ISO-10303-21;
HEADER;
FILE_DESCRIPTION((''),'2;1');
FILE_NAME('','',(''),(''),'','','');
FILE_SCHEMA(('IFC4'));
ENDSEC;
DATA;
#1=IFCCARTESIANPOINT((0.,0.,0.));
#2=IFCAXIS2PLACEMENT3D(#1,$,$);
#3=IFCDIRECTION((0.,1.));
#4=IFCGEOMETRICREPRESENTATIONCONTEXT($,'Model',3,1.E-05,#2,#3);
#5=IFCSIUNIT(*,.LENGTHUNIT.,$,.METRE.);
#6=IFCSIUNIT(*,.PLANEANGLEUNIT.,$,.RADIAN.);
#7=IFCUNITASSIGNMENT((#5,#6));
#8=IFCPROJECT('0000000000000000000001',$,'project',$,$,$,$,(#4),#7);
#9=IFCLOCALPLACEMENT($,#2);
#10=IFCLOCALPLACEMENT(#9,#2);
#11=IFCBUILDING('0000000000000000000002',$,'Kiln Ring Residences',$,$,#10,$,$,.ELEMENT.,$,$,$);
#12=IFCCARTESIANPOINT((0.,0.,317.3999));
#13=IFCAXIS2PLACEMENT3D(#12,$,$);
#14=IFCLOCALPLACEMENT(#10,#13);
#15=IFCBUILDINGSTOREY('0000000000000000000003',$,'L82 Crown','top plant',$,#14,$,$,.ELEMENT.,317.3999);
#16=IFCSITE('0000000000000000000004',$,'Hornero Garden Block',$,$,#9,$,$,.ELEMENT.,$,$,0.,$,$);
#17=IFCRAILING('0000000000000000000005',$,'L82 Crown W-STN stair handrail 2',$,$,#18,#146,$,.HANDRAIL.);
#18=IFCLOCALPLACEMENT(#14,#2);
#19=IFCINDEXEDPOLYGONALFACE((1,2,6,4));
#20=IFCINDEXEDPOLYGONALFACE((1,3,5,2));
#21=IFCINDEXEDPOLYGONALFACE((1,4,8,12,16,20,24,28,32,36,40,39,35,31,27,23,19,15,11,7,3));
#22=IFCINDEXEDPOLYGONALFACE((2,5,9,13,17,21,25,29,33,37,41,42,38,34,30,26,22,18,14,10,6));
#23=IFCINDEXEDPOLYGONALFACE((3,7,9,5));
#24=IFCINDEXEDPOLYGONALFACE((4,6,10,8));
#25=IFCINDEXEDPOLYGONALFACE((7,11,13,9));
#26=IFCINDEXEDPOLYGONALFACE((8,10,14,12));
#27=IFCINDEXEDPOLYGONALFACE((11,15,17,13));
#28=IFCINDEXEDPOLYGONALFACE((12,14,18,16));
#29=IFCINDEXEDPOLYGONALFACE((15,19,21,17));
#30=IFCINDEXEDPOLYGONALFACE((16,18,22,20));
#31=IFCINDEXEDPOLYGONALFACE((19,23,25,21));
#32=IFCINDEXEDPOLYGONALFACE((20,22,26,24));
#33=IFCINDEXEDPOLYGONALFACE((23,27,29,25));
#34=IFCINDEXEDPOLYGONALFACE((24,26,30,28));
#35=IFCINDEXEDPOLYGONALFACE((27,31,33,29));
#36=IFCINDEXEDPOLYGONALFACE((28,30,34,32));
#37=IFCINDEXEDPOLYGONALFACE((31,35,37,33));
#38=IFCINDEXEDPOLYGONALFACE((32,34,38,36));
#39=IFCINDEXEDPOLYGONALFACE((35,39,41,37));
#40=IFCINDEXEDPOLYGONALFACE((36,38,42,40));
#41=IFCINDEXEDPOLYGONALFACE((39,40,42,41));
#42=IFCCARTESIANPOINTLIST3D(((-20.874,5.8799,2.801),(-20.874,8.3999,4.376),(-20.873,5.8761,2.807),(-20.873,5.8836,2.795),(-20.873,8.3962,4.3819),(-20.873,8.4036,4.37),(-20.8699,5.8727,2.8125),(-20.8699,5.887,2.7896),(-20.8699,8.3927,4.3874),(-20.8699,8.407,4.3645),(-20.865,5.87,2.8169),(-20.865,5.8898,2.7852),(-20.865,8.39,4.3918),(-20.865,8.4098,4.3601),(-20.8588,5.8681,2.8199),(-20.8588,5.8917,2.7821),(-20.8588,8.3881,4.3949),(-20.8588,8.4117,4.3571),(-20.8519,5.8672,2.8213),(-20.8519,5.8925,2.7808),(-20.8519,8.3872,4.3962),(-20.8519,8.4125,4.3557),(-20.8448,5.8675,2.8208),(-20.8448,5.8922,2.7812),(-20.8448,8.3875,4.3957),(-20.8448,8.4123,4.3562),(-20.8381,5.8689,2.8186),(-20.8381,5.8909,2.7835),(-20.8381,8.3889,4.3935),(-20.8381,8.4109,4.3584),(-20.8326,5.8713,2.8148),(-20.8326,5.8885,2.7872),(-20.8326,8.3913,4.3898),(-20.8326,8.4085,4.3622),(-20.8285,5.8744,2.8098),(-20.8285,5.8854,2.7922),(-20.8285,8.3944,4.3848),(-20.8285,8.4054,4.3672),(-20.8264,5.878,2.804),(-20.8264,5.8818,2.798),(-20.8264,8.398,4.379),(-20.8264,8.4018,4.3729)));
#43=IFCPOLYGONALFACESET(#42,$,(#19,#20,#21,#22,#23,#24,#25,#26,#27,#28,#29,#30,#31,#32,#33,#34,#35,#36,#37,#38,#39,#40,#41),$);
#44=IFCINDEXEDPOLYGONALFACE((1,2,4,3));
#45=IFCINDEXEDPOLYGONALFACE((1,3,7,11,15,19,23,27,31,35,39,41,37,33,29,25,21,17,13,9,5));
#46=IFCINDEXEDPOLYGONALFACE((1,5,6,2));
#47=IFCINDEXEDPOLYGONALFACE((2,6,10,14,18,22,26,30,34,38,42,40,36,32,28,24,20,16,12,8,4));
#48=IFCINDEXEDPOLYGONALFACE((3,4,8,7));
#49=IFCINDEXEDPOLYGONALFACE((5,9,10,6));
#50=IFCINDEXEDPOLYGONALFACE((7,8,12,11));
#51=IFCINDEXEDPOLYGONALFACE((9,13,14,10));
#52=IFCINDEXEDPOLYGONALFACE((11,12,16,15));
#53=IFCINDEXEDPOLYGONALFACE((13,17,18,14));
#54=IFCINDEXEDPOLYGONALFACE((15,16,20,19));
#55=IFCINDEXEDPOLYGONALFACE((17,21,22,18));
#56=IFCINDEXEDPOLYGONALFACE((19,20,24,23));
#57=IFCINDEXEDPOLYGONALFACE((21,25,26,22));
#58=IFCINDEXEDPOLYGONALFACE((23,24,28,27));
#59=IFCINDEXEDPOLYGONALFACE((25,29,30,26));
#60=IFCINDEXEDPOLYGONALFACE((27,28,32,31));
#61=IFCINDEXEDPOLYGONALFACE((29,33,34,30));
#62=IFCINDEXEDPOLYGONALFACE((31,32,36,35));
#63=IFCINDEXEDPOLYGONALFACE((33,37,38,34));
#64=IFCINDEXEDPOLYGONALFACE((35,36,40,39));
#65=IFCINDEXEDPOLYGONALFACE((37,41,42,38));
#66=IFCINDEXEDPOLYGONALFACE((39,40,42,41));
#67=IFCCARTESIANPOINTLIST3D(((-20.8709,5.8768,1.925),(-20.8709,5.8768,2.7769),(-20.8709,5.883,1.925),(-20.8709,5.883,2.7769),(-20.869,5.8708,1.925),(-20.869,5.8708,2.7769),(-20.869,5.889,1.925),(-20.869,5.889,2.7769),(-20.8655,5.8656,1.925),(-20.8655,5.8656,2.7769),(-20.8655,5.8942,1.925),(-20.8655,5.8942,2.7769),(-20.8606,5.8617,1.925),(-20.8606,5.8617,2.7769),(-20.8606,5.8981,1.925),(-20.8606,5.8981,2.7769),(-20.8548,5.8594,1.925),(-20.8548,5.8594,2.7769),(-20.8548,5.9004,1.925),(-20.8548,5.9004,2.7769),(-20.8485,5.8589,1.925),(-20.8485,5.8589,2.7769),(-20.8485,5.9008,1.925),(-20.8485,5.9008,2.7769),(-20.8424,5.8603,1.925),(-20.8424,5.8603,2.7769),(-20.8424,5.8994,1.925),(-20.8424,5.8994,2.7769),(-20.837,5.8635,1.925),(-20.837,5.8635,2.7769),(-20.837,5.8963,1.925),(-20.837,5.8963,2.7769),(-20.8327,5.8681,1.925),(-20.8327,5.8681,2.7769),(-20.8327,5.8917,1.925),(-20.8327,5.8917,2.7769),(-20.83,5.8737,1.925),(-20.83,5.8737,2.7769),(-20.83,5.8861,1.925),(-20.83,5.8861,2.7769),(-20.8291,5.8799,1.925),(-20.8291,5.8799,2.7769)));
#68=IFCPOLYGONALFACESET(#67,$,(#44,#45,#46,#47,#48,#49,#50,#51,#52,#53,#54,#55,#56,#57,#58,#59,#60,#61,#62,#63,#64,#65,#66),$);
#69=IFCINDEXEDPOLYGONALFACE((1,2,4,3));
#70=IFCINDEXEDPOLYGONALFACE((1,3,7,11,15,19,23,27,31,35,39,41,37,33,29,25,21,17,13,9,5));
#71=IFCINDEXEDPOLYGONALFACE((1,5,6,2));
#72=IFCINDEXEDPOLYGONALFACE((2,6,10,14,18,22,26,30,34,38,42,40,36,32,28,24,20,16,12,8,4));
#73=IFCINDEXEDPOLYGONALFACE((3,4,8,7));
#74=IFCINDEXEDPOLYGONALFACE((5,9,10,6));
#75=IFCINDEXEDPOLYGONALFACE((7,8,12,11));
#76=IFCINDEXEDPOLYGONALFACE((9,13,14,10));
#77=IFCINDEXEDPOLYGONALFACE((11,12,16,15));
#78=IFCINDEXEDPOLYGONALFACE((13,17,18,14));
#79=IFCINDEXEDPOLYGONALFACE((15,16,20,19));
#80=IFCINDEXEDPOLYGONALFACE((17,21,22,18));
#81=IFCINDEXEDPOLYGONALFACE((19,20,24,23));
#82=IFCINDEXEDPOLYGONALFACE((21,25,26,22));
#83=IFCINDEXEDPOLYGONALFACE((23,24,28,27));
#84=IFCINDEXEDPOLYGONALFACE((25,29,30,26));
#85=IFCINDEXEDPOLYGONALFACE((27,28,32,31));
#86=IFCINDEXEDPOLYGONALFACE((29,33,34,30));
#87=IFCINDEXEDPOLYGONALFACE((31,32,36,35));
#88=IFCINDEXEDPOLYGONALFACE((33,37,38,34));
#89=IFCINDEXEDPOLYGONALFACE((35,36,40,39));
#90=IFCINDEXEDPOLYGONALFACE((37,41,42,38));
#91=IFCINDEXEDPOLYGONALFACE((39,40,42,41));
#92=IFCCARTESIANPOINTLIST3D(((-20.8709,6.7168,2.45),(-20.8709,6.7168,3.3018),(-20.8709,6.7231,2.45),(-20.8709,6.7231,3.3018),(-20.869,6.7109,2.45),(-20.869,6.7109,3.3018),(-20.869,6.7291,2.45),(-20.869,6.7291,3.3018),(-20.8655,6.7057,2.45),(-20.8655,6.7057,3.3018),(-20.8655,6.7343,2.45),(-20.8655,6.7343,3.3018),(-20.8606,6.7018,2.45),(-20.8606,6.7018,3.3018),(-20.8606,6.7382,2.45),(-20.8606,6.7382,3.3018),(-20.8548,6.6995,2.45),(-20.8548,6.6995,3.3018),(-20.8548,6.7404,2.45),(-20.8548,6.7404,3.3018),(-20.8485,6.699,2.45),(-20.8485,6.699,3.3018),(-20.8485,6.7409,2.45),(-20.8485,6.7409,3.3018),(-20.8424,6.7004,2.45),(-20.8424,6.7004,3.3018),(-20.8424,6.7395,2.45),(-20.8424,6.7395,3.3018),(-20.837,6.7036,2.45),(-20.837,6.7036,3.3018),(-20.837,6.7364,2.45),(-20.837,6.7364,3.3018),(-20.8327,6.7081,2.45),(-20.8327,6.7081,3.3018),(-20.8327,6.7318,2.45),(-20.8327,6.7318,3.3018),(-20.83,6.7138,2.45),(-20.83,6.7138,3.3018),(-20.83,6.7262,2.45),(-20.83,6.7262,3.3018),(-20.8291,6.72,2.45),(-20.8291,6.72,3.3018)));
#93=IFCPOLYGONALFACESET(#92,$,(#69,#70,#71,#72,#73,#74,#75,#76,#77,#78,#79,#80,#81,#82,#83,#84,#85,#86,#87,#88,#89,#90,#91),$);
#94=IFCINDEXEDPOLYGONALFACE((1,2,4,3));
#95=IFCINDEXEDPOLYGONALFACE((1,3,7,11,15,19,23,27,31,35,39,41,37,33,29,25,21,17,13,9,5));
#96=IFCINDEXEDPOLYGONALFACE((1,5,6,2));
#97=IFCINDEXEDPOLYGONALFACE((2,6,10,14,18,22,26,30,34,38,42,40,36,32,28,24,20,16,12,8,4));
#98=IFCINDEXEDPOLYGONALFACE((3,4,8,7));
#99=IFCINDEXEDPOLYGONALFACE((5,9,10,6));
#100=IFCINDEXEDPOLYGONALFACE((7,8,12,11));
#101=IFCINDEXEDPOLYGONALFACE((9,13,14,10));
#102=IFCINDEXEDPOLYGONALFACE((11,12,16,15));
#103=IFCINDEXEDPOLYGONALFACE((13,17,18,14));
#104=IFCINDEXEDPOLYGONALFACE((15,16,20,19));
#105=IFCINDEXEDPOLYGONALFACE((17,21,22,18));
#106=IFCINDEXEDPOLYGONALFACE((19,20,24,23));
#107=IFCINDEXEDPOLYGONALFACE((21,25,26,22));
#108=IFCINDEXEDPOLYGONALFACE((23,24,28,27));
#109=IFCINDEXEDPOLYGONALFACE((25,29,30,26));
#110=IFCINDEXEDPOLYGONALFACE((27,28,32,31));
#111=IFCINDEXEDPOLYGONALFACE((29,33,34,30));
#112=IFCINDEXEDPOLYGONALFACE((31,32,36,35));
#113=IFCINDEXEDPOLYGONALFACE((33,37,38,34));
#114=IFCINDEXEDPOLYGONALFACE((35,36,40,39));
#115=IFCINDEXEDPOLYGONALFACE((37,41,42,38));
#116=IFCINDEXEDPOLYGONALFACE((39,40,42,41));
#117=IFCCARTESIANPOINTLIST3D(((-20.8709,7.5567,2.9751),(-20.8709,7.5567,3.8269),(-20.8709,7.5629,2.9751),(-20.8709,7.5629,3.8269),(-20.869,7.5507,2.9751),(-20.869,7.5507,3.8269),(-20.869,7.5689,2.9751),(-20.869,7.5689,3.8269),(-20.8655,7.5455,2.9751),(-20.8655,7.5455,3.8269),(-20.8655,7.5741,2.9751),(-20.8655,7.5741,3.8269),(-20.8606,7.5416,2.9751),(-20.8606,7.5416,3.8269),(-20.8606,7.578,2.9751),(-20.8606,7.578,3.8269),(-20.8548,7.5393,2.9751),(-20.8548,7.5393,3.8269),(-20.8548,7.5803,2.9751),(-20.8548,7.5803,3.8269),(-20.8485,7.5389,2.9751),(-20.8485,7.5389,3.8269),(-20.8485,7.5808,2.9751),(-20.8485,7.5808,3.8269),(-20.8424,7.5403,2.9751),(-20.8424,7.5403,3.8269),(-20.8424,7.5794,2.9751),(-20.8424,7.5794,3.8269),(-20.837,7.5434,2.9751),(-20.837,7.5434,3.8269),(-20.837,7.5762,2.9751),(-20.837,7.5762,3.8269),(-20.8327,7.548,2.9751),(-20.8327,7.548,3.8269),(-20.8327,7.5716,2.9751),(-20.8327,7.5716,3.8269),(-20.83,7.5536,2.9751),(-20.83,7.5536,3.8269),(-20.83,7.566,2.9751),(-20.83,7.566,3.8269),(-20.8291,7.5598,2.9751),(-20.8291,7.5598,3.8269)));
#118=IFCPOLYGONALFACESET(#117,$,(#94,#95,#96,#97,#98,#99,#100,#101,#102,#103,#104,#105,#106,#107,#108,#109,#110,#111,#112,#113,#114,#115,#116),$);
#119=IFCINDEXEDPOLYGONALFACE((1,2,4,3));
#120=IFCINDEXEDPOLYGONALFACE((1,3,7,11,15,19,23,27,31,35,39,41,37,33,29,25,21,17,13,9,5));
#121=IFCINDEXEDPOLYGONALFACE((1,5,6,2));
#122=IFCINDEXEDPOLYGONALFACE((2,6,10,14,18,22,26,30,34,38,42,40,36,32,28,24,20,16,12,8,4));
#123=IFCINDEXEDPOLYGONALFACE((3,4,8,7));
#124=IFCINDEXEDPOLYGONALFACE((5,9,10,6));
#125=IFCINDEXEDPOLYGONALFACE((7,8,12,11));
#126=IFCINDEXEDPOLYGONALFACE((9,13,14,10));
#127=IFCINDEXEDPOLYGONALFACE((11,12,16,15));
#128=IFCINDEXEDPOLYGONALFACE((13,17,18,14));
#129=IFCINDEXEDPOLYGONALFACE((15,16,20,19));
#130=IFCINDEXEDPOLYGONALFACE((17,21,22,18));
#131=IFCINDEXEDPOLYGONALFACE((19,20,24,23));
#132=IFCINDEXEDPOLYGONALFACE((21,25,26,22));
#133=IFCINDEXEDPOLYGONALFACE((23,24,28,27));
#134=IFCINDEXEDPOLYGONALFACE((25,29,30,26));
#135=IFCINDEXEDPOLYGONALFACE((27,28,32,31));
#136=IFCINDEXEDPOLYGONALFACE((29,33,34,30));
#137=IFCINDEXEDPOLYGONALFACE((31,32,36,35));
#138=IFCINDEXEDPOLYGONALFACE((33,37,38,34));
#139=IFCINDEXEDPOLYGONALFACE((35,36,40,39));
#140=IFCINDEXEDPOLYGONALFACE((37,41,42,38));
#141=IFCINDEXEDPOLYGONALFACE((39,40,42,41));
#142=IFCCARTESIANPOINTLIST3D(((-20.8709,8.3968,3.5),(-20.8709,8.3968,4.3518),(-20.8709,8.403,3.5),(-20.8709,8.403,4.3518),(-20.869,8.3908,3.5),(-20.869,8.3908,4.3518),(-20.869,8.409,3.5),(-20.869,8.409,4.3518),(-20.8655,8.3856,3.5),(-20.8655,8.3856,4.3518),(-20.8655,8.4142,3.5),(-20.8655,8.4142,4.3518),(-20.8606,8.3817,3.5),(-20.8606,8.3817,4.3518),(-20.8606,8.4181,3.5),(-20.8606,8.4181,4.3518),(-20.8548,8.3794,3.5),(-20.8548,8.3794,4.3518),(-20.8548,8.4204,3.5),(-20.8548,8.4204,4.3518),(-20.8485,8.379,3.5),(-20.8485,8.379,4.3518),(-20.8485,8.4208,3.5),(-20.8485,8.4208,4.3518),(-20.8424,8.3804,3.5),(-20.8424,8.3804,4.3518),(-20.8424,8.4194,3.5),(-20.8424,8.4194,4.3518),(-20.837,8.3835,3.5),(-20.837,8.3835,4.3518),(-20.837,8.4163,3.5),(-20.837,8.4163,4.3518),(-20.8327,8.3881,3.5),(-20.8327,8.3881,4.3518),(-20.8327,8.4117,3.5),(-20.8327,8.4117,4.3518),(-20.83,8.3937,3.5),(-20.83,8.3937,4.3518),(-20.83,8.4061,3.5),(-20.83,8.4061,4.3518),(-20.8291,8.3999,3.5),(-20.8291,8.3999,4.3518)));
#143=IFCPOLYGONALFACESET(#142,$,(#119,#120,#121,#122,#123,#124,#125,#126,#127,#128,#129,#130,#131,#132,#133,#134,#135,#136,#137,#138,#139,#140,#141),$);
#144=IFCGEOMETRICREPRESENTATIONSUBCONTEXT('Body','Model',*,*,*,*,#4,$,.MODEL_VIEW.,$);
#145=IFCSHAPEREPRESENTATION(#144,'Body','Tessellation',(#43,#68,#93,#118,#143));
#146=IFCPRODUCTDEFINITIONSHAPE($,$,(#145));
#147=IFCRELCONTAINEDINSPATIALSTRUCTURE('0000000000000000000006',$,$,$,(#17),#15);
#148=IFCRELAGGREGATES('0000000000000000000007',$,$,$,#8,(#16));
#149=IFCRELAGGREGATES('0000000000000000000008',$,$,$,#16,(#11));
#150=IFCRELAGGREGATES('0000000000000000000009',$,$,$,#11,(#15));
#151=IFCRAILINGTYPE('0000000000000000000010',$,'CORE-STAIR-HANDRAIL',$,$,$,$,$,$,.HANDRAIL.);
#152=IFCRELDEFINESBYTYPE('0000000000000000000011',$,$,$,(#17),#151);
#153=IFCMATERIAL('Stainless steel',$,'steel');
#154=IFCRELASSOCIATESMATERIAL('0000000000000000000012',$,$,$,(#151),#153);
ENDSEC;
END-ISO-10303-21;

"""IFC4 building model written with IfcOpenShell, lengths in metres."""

from ifc_helpers import new_model, si_unit, direction, frame, origin, origin_2d, place, context, subcontext, project, spatial, circle, extrude, material, type_object, element, save


model = new_model("IFC4")

# Units and contexts
model_context = context("Model", 3, precision=1e-05, world=origin(), true_north=direction((0.0, 1.0)))
body_context = subcontext(model_context, "Body", "Model", "MODEL_VIEW")
ifc_project = project(units=[si_unit("LENGTHUNIT", "METRE"), si_unit("PLANEANGLEUNIT", "RADIAN")], contexts=[model_context])

# Site, building, storey
site_placement = place(None, origin())
site = spatial("IfcSite", under=ifc_project, at=site_placement, Name="Hornero Garden Block", CompositionType="ELEMENT", RefElevation=0.0)
building_placement = place(site_placement, origin())
building = spatial("IfcBuilding", under=site, at=building_placement, Name="Kiln Ring Residences", CompositionType="ELEMENT")
storey_placement = place(building_placement, frame((0.0, 0.0, 317.3999)))
storey = spatial("IfcBuildingStorey", under=building, at=storey_placement, Name="L82 Crown", Description="top plant", CompositionType="ELEMENT", Elevation=317.3999)

# Railing
ifc_material_1 = material(Name="Stainless steel", Category="steel")
railing_type_1 = type_object("IfcRailingType", Name="CORE-STAIR-HANDRAIL", PredefinedType="HANDRAIL", material=ifc_material_1)
railing_1_placement = place(storey_placement, frame((-20.8501, 5.8799, 1.925)))
element("IfcRailing", 1, at=railing_1_placement, inside=storey, type_object=railing_type_1, Name="L82 Crown W-STN stair handrail 2", PredefinedType="HANDRAIL", context=body_context, shape_type="SweptSolid", body=[
    extrude(circle(Radius=0.0239, at=origin_2d()), frame((0.0, 0.0, 0.876), z_axis=(0.0, 0.848008, 0.529984), x_axis=(-1.0, 0.0, 0.0)), (0.0, 0.0, 1.0), 2.9717),
    extrude(circle(Radius=0.021, at=origin_2d()), origin(), (0.0, 0.0, 1.0), 0.8518),
    extrude(circle(Radius=0.021, at=origin_2d()), frame((0.0, 0.8401, 0.5249)), (0.0, 0.0, 1.0), 0.8518),
    extrude(circle(Radius=0.021, at=origin_2d()), frame((0.0, 1.6799, 1.05)), (0.0, 0.0, 1.0), 0.8518),
    extrude(circle(Radius=0.021, at=origin_2d()), frame((0.0, 2.52, 1.575)), (0.0, 0.0, 1.0), 0.8518),
])

save(model, "model.ifc")
